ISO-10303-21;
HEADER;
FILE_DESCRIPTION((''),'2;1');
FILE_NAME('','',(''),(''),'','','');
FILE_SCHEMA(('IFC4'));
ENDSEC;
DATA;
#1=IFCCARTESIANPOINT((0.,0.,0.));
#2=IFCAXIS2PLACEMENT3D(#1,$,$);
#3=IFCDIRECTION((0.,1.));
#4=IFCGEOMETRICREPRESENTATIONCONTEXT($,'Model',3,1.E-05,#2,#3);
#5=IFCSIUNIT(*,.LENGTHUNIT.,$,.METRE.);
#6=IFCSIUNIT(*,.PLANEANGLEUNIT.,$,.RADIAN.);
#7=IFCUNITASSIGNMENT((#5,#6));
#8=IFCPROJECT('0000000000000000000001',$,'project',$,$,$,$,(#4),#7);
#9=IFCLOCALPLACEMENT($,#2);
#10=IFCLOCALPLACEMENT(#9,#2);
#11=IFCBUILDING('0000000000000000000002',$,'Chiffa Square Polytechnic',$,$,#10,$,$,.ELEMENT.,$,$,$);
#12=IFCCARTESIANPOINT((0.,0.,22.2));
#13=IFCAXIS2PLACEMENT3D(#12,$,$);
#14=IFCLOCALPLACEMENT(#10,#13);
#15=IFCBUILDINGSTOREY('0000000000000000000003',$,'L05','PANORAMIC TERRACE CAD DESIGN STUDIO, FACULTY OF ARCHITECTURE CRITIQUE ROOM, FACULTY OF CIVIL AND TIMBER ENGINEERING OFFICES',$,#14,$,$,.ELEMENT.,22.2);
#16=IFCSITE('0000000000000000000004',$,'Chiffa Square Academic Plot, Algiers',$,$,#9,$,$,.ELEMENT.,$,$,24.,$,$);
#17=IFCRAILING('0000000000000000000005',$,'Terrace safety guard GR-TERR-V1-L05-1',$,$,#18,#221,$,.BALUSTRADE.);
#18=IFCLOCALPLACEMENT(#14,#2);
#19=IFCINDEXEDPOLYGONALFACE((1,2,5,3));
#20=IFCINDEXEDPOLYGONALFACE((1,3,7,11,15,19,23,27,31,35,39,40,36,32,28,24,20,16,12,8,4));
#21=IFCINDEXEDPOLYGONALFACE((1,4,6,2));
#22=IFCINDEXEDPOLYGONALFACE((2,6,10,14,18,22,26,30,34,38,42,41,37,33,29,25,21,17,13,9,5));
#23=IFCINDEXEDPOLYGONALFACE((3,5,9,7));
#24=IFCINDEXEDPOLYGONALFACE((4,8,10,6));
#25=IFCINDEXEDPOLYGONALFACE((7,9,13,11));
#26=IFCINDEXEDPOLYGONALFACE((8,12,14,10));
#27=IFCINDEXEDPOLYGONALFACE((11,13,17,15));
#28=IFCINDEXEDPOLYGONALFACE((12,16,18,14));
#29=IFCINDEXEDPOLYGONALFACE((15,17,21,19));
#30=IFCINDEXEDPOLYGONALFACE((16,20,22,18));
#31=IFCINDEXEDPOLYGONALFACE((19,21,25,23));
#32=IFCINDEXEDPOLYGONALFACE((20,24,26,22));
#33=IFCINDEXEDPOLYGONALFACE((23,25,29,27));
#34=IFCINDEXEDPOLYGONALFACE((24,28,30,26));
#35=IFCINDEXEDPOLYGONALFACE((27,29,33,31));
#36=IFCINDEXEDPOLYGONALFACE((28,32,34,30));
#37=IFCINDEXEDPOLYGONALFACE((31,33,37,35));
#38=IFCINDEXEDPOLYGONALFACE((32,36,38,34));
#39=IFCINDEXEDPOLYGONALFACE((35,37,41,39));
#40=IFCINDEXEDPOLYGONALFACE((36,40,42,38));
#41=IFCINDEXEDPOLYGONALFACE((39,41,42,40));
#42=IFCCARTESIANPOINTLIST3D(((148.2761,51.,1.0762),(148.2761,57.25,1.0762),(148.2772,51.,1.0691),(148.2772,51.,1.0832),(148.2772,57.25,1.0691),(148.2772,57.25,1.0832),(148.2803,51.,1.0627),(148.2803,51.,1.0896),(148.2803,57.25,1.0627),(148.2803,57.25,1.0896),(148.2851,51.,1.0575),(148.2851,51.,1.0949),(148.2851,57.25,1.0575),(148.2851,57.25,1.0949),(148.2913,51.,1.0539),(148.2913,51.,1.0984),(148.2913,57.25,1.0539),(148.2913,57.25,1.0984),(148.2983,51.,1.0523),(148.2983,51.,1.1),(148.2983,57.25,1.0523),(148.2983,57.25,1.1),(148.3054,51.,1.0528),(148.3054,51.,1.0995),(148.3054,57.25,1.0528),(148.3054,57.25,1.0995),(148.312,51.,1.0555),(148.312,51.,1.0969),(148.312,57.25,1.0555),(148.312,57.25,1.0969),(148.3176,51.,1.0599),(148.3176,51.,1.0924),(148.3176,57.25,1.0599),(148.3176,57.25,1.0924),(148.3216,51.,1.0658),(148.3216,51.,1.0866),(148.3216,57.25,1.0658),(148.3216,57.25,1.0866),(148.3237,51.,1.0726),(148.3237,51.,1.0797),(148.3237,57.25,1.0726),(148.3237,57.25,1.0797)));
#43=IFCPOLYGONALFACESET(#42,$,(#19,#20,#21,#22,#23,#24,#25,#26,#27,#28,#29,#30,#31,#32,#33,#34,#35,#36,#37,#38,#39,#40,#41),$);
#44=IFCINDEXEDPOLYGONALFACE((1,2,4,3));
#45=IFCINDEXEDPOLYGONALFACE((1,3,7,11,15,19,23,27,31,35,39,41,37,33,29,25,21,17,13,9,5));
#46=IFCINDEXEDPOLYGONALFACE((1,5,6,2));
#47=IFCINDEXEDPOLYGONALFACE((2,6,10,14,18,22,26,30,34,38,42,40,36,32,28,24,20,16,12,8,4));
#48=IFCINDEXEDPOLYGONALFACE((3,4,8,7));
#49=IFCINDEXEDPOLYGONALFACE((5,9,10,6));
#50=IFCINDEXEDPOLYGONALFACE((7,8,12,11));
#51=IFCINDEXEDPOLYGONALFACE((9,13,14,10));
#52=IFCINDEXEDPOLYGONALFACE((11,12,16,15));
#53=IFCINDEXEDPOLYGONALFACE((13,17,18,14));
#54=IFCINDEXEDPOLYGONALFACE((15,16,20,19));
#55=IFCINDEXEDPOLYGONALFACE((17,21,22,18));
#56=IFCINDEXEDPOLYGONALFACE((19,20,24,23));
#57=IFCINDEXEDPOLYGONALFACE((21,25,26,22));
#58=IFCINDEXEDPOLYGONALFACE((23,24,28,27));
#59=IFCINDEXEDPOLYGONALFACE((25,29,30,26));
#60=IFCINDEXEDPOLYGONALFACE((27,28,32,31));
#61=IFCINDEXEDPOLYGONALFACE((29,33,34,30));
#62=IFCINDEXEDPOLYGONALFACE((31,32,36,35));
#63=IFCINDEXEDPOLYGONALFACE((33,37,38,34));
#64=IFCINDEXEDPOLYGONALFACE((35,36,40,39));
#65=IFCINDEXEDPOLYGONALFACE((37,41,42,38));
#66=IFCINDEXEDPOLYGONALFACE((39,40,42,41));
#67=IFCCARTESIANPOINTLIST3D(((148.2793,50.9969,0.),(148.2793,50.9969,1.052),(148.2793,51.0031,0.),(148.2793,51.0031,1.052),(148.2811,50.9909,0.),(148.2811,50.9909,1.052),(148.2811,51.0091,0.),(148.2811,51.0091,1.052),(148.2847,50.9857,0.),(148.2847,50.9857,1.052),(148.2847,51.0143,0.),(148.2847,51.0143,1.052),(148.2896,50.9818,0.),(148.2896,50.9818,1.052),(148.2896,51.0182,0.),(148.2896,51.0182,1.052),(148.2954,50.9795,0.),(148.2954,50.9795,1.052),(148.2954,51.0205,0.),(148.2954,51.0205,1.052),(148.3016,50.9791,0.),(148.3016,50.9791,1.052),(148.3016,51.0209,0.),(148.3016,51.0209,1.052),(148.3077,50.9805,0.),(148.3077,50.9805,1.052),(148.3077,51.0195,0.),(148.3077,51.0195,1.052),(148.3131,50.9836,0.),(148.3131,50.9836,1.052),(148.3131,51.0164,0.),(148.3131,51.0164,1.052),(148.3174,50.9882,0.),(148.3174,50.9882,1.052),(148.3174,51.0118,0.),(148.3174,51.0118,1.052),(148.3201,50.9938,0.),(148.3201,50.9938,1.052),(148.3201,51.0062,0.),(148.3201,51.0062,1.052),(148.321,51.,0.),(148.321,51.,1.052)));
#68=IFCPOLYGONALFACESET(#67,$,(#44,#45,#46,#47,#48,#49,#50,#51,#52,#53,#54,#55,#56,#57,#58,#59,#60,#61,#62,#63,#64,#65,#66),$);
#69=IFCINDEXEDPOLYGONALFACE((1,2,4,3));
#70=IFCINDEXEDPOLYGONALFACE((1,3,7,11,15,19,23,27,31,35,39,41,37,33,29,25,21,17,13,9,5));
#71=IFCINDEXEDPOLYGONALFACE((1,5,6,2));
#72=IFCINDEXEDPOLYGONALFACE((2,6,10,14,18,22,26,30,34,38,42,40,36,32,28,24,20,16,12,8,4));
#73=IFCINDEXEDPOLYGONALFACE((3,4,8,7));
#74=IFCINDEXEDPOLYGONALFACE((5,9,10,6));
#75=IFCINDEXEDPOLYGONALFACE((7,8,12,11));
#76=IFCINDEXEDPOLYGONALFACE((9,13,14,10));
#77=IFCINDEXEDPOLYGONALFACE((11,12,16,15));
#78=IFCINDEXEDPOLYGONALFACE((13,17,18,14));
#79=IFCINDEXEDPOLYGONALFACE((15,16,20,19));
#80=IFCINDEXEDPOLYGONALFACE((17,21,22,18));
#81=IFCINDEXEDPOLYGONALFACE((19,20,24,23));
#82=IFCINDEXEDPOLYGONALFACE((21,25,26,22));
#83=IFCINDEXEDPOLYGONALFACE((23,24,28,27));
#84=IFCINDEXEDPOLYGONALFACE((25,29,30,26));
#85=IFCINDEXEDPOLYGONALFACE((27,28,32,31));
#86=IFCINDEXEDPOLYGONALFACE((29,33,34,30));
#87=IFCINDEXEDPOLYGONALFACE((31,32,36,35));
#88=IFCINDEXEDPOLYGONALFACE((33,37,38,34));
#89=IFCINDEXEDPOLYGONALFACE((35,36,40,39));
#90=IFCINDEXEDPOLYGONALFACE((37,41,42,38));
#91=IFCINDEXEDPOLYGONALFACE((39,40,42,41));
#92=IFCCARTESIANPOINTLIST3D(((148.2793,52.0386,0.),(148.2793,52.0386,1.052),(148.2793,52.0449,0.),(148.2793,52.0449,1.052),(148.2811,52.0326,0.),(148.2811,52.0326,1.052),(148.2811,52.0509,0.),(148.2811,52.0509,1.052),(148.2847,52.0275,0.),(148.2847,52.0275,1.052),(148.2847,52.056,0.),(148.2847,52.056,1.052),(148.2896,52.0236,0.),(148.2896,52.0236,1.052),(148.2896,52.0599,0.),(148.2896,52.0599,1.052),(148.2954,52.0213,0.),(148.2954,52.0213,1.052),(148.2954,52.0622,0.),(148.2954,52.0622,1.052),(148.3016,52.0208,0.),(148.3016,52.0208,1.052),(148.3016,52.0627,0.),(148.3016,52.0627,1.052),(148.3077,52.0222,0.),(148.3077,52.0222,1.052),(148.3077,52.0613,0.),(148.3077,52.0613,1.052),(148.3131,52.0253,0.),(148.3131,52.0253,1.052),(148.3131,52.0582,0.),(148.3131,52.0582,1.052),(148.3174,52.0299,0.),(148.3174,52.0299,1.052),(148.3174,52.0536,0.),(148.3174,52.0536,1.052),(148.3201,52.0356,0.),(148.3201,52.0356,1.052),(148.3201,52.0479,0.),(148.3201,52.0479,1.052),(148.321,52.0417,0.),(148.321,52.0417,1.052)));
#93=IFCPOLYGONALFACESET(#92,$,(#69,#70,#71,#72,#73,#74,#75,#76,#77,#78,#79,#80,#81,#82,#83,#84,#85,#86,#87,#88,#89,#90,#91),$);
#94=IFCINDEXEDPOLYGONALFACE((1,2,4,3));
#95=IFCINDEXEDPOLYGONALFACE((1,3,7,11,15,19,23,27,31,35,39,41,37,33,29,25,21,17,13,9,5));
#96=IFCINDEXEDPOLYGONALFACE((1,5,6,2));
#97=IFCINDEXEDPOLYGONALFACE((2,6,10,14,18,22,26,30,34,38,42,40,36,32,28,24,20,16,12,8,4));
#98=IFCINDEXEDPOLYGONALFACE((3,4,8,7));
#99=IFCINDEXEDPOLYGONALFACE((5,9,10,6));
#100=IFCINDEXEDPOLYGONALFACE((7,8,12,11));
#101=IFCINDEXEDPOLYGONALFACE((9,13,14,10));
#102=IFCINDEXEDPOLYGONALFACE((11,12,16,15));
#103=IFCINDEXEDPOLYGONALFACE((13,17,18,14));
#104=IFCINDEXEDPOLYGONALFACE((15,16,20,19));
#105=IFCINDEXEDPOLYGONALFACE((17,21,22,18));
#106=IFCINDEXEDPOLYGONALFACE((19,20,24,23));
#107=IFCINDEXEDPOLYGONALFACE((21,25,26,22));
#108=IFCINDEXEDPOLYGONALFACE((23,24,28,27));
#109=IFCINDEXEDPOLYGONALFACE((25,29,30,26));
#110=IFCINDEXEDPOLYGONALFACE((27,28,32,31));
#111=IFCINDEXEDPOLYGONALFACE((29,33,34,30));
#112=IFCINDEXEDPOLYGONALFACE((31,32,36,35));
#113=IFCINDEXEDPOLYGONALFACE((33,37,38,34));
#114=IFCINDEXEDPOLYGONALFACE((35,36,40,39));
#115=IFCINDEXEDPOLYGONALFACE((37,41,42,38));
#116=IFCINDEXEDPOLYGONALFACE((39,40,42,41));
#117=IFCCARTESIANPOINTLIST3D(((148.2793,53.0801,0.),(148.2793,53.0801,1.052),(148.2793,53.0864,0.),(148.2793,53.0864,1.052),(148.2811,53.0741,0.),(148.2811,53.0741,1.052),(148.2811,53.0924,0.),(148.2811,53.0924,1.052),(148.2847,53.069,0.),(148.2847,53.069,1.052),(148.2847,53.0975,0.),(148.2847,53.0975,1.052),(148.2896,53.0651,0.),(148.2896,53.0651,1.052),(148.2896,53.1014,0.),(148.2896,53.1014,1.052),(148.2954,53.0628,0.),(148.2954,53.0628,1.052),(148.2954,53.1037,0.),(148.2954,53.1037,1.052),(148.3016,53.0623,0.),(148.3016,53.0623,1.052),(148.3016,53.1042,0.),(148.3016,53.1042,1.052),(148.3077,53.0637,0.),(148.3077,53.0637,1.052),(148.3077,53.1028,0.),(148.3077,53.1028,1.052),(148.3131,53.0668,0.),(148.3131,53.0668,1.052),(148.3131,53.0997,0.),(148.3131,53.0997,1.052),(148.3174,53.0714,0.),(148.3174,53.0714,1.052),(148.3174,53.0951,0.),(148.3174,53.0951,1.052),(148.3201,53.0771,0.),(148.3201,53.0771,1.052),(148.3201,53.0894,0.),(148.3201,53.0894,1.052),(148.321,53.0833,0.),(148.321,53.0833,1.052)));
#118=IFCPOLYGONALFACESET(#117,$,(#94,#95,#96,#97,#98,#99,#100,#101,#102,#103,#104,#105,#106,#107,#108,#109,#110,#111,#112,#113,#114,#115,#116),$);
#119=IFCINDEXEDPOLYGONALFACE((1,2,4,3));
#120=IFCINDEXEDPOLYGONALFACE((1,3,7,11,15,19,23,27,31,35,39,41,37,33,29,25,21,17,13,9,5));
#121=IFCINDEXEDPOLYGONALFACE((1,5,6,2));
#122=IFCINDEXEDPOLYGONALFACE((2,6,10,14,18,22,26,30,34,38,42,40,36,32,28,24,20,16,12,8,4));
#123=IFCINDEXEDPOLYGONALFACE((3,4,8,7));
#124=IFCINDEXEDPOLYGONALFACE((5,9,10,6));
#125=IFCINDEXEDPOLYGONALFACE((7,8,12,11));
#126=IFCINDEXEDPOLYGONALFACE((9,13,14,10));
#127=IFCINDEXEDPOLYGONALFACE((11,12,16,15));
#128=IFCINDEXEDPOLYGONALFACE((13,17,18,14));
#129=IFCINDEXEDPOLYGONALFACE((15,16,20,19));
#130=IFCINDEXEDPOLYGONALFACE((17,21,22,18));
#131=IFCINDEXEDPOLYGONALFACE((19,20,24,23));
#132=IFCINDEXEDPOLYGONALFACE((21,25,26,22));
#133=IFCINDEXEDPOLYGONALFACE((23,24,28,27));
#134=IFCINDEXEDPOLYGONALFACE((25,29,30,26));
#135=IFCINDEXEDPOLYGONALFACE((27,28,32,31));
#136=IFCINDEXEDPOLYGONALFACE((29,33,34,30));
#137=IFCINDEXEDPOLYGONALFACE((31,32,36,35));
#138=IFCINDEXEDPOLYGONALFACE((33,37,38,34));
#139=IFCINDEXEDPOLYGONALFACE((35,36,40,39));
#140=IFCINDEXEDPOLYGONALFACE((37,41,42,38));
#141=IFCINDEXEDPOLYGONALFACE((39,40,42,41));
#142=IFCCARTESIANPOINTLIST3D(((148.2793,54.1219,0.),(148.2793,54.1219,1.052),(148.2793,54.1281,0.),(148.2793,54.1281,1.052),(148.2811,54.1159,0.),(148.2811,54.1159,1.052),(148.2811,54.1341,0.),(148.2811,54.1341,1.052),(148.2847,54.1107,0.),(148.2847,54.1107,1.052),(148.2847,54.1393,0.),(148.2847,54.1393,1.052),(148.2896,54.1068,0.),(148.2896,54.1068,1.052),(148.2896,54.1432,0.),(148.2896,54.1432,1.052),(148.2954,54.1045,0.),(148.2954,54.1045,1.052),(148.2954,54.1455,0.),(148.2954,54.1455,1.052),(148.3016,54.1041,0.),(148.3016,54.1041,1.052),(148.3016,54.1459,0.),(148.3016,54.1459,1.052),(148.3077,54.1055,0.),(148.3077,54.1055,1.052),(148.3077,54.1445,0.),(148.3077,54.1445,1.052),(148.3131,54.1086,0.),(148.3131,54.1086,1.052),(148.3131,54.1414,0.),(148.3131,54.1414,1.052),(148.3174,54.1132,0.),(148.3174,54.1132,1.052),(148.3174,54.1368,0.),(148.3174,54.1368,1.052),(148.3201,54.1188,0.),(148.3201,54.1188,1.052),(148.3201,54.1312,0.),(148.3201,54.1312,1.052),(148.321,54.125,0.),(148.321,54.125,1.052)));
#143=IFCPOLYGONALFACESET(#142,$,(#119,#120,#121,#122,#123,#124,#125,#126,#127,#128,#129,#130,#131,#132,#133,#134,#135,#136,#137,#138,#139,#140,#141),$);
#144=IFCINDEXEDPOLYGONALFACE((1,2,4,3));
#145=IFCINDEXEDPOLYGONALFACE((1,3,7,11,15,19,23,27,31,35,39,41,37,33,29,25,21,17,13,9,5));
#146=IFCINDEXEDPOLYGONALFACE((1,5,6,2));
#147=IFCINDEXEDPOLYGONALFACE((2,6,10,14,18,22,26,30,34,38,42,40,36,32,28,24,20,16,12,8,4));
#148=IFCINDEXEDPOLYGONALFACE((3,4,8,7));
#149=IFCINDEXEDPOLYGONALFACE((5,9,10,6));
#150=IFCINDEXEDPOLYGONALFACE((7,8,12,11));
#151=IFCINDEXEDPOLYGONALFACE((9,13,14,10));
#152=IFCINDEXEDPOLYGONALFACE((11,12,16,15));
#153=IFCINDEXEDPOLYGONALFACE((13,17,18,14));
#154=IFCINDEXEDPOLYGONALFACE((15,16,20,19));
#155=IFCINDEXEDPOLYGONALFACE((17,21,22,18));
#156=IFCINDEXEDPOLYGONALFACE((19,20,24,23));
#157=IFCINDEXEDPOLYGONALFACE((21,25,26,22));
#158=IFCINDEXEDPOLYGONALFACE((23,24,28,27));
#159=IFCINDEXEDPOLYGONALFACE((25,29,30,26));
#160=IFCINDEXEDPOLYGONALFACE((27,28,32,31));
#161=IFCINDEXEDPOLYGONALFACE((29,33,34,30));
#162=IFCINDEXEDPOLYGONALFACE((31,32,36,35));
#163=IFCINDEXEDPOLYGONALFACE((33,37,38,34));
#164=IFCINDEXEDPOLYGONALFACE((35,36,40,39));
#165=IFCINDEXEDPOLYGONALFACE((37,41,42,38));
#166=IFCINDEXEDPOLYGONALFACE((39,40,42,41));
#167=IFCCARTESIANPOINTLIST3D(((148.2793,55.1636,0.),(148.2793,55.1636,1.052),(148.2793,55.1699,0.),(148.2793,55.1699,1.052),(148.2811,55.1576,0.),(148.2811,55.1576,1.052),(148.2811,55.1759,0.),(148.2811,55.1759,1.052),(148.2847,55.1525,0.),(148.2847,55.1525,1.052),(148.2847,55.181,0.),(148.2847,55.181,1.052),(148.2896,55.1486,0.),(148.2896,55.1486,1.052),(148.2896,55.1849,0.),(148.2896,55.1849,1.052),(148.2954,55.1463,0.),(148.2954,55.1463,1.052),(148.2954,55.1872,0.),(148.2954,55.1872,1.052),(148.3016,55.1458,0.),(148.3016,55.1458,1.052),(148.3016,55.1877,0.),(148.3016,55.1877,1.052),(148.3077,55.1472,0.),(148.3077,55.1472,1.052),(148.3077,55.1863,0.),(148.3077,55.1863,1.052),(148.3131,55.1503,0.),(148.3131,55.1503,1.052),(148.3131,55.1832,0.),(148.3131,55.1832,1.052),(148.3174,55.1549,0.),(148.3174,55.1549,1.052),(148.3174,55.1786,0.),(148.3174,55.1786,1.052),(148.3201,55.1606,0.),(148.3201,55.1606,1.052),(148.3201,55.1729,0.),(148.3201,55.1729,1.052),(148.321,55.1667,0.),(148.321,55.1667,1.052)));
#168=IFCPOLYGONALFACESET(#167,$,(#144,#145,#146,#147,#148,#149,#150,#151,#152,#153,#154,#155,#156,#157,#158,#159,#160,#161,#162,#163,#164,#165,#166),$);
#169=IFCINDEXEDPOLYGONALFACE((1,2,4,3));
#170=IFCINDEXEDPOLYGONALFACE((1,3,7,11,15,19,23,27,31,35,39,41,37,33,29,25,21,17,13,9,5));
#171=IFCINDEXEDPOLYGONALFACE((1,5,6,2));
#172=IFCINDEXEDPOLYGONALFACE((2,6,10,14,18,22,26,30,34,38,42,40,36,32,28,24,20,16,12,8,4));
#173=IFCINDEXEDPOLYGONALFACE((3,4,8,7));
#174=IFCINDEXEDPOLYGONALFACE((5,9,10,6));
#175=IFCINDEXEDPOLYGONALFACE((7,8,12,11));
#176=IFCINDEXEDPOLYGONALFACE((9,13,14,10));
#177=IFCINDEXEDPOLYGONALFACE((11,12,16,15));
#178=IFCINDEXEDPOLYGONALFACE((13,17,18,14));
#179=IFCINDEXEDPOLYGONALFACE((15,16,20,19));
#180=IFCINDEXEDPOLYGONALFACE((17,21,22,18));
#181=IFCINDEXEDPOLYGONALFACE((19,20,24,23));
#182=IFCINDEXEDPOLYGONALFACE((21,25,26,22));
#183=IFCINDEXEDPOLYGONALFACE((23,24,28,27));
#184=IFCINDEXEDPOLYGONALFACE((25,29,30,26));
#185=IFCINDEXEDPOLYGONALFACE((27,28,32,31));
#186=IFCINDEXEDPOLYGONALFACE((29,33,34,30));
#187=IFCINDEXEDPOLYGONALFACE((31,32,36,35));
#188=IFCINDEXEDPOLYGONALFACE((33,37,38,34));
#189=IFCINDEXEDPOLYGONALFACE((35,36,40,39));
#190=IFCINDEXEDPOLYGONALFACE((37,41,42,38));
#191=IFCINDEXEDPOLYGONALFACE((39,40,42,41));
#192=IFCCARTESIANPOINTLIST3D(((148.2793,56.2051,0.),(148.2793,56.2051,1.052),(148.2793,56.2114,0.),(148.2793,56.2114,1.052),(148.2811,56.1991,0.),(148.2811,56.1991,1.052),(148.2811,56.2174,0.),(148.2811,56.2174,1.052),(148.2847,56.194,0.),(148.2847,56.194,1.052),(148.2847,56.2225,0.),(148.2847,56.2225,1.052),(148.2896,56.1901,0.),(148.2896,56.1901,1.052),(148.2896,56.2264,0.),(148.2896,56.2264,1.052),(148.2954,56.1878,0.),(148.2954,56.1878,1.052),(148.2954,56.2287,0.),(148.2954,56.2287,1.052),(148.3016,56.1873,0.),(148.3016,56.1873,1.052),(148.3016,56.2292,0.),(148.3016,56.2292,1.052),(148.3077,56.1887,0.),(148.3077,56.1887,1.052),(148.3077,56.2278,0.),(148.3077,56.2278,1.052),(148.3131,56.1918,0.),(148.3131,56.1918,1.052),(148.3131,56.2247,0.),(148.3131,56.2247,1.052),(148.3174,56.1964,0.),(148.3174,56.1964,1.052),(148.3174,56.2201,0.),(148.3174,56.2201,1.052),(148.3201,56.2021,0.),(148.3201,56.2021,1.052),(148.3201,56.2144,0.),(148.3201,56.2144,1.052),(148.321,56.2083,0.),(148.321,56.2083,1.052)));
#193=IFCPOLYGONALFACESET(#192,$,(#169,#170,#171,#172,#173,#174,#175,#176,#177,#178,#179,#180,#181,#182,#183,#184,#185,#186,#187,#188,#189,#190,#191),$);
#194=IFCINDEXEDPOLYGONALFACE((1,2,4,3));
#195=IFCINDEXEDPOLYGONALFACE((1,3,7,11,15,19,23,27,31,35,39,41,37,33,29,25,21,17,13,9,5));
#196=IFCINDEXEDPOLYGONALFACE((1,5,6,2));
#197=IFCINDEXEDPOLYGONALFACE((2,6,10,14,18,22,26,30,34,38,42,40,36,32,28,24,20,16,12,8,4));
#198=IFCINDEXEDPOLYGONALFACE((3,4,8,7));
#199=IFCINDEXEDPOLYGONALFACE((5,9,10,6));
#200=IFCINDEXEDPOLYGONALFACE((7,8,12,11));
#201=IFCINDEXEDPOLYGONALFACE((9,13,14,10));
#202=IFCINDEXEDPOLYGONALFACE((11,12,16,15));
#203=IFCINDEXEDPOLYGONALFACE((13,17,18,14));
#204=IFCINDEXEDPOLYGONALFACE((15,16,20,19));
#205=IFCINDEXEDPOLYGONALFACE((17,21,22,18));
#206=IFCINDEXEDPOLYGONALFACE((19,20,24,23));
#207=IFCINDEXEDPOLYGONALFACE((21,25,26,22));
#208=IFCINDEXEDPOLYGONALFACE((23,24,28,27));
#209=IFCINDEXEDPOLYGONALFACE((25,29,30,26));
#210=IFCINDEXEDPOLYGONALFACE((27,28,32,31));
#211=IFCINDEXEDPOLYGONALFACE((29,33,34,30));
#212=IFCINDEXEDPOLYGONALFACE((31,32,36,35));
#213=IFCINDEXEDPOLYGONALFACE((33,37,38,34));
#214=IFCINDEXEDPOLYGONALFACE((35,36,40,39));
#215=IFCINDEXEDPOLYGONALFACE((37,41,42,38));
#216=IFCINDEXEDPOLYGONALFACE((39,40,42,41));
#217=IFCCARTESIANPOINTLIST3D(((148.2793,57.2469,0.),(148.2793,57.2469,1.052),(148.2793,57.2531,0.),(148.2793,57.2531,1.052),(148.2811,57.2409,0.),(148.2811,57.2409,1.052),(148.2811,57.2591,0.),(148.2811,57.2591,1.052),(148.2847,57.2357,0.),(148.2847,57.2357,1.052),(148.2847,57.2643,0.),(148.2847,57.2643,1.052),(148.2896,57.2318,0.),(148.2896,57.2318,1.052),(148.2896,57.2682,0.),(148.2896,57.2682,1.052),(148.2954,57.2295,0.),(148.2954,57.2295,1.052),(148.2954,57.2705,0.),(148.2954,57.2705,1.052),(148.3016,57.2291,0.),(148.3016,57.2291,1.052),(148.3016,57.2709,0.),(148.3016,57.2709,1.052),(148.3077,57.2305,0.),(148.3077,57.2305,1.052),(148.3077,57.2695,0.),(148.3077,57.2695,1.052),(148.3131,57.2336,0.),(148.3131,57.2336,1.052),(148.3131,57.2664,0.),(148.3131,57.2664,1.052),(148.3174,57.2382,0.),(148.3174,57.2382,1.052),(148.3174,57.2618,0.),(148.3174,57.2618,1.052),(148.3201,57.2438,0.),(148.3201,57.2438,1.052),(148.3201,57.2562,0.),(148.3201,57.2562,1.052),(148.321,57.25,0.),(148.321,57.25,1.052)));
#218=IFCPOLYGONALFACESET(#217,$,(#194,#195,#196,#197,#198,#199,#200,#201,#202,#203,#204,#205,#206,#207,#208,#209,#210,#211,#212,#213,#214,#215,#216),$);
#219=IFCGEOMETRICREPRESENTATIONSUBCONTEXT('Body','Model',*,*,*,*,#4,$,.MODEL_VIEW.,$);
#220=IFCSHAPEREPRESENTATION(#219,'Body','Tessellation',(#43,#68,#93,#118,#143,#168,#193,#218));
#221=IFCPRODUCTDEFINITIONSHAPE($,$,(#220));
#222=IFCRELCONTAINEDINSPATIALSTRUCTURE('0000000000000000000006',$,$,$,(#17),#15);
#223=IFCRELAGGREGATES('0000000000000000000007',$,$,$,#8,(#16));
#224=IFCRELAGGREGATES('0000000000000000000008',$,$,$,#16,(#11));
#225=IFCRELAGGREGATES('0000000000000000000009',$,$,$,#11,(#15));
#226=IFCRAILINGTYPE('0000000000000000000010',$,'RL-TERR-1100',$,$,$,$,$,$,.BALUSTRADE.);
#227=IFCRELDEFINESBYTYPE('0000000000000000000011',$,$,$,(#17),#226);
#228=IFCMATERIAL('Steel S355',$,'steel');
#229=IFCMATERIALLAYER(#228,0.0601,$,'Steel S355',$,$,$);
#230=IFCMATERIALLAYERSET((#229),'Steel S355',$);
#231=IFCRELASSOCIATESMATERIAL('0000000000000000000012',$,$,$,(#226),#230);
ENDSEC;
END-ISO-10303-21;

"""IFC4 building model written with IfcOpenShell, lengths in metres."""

from ifc_helpers import new_model, si_unit, direction, frame, origin, origin_2d, place, context, subcontext, project, spatial, circle, extrude, material, layer, layer_set, type_object, element, save


model = new_model("IFC4")

# Units and contexts
model_context = context("Model", 3, precision=1e-05, world=origin(), true_north=direction((0.0, 1.0)))
body_context = subcontext(model_context, "Body", "Model", "MODEL_VIEW")
ifc_project = project(units=[si_unit("LENGTHUNIT", "METRE"), si_unit("PLANEANGLEUNIT", "RADIAN")], contexts=[model_context])

# Site, building, storey
site_placement = place(None, origin())
site = spatial("IfcSite", under=ifc_project, at=site_placement, Name="Chiffa Square Academic Plot, Algiers", CompositionType="ELEMENT", RefElevation=24.0)
building_placement = place(site_placement, origin())
building = spatial("IfcBuilding", under=site, at=building_placement, Name="Chiffa Square Polytechnic", CompositionType="ELEMENT")
storey_placement = place(building_placement, frame((0.0, 0.0, 22.2)))
storey = spatial("IfcBuildingStorey", under=building, at=storey_placement, Name="L05", Description="PANORAMIC TERRACE CAD DESIGN STUDIO, FACULTY OF ARCHITECTURE CRITIQUE ROOM, FACULTY OF CIVIL AND TIMBER ENGINEERING OFFICES", CompositionType="ELEMENT", Elevation=22.2)

# Railing
ifc_material_1 = material(Name="Steel S355", Category="steel")
ifc_layer_1 = layer(ifc_material_1, 0.0601, Name="Steel S355")
ifc_layer_set_1 = layer_set([ifc_layer_1], Name="Steel S355")
railing_type = type_object("IfcRailingType", Name="RL-TERR-1100", PredefinedType="BALUSTRADE", material=ifc_layer_set_1)
railing_1_placement = place(storey_placement, frame((148.3, 51.0, 0.0)))
element("IfcRailing", 1, at=railing_1_placement, inside=storey, type_object=railing_type, Name="Terrace safety guard GR-TERR-V1-L05-1", PredefinedType="BALUSTRADE", context=body_context, shape_type="SweptSolid", body=[
    extrude(circle(Radius=0.0239, at=origin_2d()), frame((0.0, 0.0, 1.0762), z_axis=(0.0, 1.0, 0.0), x_axis=(-1.0, 0.0, 0.0)), (0.0, 0.0, 1.0), 6.25),
    extrude(circle(Radius=0.021, at=origin_2d()), origin(), (0.0, 0.0, 1.0), 1.052),
    extrude(circle(Radius=0.021, at=origin_2d()), frame((0.0, 1.0417, 0.0)), (0.0, 0.0, 1.0), 1.052),
    extrude(circle(Radius=0.021, at=origin_2d()), frame((0.0, 2.0833, 0.0)), (0.0, 0.0, 1.0), 1.052),
    extrude(circle(Radius=0.021, at=origin_2d()), frame((0.0, 3.125, 0.0)), (0.0, 0.0, 1.0), 1.052),
    extrude(circle(Radius=0.021, at=origin_2d()), frame((0.0, 4.1667, 0.0)), (0.0, 0.0, 1.0), 1.052),
    extrude(circle(Radius=0.021, at=origin_2d()), frame((0.0, 5.2083, 0.0)), (0.0, 0.0, 1.0), 1.052),
    extrude(circle(Radius=0.021, at=origin_2d()), frame((0.0, 6.25, 0.0)), (0.0, 0.0, 1.0), 1.052),
])

save(model, "model.ifc")
